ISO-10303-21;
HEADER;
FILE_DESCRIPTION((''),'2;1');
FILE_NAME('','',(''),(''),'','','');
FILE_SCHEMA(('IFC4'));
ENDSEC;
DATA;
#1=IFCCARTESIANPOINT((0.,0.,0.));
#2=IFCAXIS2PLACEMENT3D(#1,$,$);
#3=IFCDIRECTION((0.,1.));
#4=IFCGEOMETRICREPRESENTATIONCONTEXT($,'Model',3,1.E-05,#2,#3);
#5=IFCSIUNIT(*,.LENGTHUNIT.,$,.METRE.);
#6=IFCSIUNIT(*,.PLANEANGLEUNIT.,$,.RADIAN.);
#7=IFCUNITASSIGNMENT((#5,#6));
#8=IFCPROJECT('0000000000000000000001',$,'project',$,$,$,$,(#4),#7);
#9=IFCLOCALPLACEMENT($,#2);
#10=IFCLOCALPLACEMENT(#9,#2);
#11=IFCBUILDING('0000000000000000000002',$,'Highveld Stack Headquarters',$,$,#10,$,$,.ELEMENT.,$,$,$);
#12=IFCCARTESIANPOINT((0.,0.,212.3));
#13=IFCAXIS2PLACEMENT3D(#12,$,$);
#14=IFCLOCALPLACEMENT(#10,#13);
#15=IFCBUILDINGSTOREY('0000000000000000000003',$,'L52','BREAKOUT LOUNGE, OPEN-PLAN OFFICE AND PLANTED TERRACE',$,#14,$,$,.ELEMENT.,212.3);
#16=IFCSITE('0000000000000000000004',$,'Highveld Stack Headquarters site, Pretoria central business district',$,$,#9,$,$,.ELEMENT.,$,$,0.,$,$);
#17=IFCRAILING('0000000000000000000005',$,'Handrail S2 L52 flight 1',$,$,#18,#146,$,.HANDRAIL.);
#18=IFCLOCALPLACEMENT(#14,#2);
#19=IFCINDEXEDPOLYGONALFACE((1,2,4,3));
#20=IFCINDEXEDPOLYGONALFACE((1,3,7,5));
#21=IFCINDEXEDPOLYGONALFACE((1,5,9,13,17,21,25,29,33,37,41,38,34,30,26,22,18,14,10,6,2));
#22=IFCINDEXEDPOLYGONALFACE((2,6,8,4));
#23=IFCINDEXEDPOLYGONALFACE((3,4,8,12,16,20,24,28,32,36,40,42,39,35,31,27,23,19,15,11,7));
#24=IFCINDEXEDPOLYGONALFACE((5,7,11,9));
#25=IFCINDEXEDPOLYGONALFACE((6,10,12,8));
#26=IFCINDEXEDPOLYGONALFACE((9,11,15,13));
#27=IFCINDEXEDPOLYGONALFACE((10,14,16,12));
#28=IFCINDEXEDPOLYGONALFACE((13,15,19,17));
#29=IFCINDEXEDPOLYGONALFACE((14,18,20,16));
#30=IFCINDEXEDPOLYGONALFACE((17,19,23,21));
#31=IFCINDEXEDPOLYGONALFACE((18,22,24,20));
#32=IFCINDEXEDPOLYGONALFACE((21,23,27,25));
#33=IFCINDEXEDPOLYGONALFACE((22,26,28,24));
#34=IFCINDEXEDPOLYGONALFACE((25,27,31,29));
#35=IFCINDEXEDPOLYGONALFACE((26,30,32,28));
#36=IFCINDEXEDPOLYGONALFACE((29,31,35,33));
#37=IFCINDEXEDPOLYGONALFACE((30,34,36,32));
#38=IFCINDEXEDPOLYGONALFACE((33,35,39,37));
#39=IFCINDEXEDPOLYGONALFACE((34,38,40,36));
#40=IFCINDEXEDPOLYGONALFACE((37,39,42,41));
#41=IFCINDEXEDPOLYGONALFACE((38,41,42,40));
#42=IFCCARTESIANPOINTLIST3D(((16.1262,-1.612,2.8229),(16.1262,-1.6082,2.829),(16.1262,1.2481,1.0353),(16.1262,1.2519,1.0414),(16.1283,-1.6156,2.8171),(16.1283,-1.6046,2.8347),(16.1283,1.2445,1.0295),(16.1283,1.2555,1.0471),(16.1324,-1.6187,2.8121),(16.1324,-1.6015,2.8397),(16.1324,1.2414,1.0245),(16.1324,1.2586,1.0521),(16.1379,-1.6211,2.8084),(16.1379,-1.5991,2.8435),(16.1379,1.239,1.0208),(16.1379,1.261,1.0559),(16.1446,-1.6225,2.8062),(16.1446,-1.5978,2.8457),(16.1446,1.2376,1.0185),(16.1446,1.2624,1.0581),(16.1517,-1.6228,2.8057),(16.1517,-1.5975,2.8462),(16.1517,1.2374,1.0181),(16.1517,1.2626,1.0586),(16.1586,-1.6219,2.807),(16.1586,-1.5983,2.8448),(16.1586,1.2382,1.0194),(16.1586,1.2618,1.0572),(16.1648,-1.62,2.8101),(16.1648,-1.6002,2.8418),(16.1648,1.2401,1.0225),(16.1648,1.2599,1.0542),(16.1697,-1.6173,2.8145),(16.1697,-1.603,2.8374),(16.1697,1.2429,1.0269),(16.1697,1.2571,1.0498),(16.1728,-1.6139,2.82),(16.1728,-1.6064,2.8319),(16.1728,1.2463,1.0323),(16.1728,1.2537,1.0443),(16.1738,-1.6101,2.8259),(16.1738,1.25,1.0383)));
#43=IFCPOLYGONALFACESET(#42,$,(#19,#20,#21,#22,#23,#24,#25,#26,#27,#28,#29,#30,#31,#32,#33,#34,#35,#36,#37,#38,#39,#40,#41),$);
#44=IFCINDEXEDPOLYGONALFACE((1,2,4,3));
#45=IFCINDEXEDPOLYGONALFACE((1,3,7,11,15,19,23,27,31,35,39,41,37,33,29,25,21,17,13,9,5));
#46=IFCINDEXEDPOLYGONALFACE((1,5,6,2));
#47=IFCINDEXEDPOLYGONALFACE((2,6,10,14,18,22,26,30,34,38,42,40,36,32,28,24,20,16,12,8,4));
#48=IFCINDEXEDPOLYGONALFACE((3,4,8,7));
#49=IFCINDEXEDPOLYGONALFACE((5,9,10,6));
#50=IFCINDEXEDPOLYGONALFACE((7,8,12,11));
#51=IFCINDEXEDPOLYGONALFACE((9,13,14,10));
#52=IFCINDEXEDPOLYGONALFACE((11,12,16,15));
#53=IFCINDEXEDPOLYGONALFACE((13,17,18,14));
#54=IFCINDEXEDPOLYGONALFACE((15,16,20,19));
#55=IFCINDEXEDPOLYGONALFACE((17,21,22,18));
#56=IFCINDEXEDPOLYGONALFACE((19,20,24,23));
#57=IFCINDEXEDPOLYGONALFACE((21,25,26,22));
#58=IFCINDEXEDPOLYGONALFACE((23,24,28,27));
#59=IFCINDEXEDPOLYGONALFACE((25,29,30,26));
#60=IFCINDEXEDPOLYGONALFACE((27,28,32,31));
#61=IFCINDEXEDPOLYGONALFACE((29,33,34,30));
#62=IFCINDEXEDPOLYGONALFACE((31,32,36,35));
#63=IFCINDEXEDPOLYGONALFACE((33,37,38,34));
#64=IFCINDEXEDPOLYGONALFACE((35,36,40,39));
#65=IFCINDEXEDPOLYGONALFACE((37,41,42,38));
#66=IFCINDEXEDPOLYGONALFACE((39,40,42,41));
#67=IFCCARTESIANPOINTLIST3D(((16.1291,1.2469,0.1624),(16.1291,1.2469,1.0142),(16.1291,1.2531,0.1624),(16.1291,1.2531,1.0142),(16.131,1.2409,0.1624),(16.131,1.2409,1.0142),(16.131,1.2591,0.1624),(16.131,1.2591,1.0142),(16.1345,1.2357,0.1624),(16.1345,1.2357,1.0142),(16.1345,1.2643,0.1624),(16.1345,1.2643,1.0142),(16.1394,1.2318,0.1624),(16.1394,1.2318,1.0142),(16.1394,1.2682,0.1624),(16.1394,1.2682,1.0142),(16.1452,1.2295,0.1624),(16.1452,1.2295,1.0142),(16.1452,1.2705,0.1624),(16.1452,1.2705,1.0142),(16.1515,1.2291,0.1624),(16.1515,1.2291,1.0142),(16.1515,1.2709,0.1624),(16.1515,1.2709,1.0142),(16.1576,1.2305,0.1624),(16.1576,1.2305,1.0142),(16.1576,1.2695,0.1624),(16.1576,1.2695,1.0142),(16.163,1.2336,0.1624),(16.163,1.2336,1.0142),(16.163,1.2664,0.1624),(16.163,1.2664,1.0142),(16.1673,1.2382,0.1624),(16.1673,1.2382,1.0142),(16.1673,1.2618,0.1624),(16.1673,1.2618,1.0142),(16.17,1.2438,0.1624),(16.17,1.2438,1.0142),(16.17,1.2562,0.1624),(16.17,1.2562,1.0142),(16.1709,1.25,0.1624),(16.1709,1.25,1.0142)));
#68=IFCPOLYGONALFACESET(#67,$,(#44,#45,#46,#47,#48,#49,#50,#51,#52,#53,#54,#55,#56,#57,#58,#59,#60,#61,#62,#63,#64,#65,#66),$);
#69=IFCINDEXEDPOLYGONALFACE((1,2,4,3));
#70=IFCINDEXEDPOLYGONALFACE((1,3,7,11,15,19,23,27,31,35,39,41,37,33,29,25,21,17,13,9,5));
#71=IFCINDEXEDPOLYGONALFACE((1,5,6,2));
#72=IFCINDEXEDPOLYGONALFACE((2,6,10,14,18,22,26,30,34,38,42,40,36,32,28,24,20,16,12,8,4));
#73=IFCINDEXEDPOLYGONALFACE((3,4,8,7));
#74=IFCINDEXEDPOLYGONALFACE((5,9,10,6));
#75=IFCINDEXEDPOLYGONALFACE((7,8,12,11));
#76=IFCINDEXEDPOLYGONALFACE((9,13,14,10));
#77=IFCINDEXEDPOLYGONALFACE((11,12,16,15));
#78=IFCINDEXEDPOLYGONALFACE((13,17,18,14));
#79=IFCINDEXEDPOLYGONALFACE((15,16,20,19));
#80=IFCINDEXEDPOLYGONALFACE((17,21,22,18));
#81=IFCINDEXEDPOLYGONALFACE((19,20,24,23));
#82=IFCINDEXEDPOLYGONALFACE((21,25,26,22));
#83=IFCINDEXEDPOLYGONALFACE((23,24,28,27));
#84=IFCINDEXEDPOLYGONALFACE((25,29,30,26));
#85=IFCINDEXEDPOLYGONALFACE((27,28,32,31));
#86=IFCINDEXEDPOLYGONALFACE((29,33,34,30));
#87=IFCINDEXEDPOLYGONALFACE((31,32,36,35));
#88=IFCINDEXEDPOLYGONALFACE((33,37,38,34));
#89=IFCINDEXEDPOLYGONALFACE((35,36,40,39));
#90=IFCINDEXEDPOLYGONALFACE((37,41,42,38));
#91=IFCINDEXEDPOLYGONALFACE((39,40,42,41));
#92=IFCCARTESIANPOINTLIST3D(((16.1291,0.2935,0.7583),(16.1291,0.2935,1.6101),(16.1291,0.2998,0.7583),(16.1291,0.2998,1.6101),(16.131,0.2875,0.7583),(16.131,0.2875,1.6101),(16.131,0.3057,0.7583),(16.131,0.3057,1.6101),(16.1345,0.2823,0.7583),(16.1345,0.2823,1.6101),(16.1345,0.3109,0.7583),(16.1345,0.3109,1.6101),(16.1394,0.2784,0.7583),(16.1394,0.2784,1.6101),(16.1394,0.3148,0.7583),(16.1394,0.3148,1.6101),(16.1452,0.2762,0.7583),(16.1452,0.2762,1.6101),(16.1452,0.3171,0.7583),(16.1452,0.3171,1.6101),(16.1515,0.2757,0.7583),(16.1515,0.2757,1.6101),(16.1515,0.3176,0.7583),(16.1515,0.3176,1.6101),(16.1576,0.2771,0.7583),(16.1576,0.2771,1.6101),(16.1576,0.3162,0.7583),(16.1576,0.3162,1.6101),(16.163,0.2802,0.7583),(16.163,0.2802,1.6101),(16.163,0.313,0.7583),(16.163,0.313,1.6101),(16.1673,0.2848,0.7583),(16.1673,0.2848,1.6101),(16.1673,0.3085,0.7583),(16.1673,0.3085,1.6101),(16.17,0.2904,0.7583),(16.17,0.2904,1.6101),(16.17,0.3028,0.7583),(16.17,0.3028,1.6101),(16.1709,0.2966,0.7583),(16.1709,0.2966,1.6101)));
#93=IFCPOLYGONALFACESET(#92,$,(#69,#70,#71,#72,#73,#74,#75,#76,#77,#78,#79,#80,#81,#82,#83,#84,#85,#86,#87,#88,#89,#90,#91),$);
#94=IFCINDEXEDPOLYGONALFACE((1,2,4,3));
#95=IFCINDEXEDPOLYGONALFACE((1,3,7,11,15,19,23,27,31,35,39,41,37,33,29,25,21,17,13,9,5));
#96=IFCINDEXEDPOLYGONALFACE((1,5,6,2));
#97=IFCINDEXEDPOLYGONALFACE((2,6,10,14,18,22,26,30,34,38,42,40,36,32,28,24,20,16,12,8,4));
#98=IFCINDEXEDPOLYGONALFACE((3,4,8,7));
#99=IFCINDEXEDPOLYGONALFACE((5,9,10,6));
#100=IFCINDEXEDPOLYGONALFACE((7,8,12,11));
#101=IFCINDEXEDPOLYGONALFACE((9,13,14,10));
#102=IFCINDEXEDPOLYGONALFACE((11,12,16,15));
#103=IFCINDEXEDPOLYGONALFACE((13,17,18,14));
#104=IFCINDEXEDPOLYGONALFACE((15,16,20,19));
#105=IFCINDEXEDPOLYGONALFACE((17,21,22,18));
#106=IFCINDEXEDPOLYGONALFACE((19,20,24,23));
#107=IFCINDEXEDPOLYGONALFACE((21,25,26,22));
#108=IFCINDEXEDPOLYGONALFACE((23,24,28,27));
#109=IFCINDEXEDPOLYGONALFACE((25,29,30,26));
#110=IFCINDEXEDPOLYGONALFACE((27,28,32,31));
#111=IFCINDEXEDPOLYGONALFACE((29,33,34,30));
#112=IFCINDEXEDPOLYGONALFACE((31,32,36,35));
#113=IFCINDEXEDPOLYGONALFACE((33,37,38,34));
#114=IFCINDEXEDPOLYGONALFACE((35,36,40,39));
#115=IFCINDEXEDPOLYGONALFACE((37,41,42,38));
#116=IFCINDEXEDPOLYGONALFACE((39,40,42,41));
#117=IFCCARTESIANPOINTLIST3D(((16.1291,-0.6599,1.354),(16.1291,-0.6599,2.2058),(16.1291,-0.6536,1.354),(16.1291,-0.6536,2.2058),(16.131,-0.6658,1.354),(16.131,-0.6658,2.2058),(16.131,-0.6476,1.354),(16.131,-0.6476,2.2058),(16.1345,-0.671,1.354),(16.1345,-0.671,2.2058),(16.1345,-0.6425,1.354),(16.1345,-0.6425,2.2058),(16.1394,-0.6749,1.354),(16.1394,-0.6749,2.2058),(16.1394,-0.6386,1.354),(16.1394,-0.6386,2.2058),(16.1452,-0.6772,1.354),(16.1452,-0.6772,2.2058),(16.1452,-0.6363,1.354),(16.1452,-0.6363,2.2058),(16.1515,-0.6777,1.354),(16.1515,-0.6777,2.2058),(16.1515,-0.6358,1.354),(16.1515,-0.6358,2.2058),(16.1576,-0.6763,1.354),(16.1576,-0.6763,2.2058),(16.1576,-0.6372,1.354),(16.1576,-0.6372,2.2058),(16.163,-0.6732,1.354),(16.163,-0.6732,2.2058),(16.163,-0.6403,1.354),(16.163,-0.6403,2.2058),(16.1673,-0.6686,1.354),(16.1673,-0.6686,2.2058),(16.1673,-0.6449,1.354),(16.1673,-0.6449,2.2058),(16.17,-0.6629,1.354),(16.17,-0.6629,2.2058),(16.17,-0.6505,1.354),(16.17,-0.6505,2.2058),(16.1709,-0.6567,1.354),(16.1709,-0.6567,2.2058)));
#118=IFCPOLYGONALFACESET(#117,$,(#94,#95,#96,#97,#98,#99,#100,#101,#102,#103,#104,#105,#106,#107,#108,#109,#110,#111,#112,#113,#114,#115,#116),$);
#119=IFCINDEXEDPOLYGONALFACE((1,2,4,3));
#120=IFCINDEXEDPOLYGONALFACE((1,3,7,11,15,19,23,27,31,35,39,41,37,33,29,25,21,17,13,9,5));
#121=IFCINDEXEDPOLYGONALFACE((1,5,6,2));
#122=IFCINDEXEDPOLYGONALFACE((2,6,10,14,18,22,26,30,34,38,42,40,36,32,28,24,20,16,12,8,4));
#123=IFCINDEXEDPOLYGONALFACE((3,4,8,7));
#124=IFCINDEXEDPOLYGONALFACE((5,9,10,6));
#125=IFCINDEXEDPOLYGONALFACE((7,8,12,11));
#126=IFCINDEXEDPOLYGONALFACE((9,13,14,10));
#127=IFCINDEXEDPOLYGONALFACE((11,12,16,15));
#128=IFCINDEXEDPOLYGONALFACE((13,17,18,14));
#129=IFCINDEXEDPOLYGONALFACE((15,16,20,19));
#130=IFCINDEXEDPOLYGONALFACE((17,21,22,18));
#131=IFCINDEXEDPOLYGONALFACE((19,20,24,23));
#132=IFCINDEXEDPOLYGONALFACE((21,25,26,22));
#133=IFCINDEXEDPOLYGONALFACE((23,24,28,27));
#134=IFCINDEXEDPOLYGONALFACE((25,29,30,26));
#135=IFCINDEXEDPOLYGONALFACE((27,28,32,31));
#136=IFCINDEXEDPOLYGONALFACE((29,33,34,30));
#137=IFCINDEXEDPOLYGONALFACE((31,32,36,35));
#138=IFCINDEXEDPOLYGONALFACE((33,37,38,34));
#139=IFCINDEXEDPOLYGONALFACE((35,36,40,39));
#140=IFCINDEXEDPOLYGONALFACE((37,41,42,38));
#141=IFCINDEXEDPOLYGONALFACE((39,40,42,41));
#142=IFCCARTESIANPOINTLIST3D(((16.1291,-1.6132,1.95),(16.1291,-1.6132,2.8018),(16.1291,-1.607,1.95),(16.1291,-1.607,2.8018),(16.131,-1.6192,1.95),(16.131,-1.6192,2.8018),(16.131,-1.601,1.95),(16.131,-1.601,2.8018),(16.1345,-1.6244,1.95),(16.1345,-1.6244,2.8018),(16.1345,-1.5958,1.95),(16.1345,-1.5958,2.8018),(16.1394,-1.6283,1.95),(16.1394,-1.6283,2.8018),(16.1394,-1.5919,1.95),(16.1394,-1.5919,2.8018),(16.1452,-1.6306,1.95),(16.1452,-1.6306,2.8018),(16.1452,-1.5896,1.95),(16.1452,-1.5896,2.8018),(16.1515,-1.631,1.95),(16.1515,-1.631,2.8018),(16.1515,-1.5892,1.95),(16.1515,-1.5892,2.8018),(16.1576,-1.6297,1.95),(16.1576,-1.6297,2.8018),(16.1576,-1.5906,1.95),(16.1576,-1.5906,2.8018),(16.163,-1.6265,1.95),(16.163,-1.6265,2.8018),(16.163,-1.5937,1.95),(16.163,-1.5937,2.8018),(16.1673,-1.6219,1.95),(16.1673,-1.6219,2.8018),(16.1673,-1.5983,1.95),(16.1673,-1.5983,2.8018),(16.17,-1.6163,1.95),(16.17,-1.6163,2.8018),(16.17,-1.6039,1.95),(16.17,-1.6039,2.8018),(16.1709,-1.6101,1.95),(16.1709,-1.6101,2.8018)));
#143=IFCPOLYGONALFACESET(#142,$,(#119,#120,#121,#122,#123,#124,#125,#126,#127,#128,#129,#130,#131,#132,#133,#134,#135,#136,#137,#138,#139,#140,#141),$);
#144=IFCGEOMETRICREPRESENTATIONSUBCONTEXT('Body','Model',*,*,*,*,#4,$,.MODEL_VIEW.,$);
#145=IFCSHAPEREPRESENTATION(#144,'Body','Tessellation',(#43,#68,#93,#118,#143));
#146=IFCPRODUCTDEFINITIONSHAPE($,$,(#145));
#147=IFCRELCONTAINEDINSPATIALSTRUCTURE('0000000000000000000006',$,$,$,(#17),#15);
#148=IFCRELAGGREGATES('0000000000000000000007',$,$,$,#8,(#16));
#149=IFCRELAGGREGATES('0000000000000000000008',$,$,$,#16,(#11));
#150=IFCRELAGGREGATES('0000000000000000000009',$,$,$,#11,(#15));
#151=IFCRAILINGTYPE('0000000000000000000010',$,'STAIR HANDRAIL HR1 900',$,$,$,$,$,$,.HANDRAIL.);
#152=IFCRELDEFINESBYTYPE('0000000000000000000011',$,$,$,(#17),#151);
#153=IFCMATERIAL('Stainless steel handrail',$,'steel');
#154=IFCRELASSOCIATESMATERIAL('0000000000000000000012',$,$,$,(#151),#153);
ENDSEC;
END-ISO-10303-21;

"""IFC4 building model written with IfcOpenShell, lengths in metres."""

from ifc_helpers import new_model, si_unit, direction, frame, origin, origin_2d, place, context, subcontext, project, spatial, circle, extrude, material, type_object, element, save


model = new_model("IFC4")

# Units and contexts
model_context = context("Model", 3, precision=1e-05, world=origin(), true_north=direction((0.0, 1.0)))
body_context = subcontext(model_context, "Body", "Model", "MODEL_VIEW")
ifc_project = project(units=[si_unit("LENGTHUNIT", "METRE"), si_unit("PLANEANGLEUNIT", "RADIAN")], contexts=[model_context])

# Site, building, storey
site_placement = place(None, origin())
site = spatial("IfcSite", under=ifc_project, at=site_placement, Name="Highveld Stack Headquarters site, Pretoria central business district", CompositionType="ELEMENT", RefElevation=0.0)
building_placement = place(site_placement, origin())
building = spatial("IfcBuilding", under=site, at=building_placement, Name="Highveld Stack Headquarters", CompositionType="ELEMENT")
storey_placement = place(building_placement, frame((0.0, 0.0, 212.3)))
storey = spatial("IfcBuildingStorey", under=building, at=storey_placement, Name="L52", Description="BREAKOUT LOUNGE, OPEN-PLAN OFFICE AND PLANTED TERRACE", CompositionType="ELEMENT", Elevation=212.3)

# Railing
ifc_material_1 = material(Name="Stainless steel handrail", Category="steel")
railing_type = type_object("IfcRailingType", Name="STAIR HANDRAIL HR1 900", PredefinedType="HANDRAIL", material=ifc_material_1)
for number, where, name in (
    (1, (16.1499, 1.25, 0.1624), "Handrail S2 L52 flight 1"),
):
    element("IfcRailing", number, at=place(storey_placement, frame(where)), inside=storey, type_object=railing_type, Name=name, PredefinedType="HANDRAIL", context=body_context, shape_type="SweptSolid", body=[
        extrude(circle(Radius=0.0239, at=origin_2d()), frame((0.0, 0.0, 0.876), z_axis=(0.0, -0.847994, 0.530005), x_axis=(1.0, 0.0, 0.0)), (0.0, 0.0, 1.0), 3.3728),
        extrude(circle(Radius=0.021, at=origin_2d()), origin(), (0.0, 0.0, 1.0), 0.8518),
        extrude(circle(Radius=0.021, at=origin_2d()), frame((0.0, -0.9534, 0.5959)), (0.0, 0.0, 1.0), 0.8518),
        extrude(circle(Radius=0.021, at=origin_2d()), frame((0.0, -1.9067, 1.1917)), (0.0, 0.0, 1.0), 0.8518),
        extrude(circle(Radius=0.021, at=origin_2d()), frame((0.0, -2.8601, 1.7876)), (0.0, 0.0, 1.0), 0.8518),
    ])

save(model, "model.ifc")
